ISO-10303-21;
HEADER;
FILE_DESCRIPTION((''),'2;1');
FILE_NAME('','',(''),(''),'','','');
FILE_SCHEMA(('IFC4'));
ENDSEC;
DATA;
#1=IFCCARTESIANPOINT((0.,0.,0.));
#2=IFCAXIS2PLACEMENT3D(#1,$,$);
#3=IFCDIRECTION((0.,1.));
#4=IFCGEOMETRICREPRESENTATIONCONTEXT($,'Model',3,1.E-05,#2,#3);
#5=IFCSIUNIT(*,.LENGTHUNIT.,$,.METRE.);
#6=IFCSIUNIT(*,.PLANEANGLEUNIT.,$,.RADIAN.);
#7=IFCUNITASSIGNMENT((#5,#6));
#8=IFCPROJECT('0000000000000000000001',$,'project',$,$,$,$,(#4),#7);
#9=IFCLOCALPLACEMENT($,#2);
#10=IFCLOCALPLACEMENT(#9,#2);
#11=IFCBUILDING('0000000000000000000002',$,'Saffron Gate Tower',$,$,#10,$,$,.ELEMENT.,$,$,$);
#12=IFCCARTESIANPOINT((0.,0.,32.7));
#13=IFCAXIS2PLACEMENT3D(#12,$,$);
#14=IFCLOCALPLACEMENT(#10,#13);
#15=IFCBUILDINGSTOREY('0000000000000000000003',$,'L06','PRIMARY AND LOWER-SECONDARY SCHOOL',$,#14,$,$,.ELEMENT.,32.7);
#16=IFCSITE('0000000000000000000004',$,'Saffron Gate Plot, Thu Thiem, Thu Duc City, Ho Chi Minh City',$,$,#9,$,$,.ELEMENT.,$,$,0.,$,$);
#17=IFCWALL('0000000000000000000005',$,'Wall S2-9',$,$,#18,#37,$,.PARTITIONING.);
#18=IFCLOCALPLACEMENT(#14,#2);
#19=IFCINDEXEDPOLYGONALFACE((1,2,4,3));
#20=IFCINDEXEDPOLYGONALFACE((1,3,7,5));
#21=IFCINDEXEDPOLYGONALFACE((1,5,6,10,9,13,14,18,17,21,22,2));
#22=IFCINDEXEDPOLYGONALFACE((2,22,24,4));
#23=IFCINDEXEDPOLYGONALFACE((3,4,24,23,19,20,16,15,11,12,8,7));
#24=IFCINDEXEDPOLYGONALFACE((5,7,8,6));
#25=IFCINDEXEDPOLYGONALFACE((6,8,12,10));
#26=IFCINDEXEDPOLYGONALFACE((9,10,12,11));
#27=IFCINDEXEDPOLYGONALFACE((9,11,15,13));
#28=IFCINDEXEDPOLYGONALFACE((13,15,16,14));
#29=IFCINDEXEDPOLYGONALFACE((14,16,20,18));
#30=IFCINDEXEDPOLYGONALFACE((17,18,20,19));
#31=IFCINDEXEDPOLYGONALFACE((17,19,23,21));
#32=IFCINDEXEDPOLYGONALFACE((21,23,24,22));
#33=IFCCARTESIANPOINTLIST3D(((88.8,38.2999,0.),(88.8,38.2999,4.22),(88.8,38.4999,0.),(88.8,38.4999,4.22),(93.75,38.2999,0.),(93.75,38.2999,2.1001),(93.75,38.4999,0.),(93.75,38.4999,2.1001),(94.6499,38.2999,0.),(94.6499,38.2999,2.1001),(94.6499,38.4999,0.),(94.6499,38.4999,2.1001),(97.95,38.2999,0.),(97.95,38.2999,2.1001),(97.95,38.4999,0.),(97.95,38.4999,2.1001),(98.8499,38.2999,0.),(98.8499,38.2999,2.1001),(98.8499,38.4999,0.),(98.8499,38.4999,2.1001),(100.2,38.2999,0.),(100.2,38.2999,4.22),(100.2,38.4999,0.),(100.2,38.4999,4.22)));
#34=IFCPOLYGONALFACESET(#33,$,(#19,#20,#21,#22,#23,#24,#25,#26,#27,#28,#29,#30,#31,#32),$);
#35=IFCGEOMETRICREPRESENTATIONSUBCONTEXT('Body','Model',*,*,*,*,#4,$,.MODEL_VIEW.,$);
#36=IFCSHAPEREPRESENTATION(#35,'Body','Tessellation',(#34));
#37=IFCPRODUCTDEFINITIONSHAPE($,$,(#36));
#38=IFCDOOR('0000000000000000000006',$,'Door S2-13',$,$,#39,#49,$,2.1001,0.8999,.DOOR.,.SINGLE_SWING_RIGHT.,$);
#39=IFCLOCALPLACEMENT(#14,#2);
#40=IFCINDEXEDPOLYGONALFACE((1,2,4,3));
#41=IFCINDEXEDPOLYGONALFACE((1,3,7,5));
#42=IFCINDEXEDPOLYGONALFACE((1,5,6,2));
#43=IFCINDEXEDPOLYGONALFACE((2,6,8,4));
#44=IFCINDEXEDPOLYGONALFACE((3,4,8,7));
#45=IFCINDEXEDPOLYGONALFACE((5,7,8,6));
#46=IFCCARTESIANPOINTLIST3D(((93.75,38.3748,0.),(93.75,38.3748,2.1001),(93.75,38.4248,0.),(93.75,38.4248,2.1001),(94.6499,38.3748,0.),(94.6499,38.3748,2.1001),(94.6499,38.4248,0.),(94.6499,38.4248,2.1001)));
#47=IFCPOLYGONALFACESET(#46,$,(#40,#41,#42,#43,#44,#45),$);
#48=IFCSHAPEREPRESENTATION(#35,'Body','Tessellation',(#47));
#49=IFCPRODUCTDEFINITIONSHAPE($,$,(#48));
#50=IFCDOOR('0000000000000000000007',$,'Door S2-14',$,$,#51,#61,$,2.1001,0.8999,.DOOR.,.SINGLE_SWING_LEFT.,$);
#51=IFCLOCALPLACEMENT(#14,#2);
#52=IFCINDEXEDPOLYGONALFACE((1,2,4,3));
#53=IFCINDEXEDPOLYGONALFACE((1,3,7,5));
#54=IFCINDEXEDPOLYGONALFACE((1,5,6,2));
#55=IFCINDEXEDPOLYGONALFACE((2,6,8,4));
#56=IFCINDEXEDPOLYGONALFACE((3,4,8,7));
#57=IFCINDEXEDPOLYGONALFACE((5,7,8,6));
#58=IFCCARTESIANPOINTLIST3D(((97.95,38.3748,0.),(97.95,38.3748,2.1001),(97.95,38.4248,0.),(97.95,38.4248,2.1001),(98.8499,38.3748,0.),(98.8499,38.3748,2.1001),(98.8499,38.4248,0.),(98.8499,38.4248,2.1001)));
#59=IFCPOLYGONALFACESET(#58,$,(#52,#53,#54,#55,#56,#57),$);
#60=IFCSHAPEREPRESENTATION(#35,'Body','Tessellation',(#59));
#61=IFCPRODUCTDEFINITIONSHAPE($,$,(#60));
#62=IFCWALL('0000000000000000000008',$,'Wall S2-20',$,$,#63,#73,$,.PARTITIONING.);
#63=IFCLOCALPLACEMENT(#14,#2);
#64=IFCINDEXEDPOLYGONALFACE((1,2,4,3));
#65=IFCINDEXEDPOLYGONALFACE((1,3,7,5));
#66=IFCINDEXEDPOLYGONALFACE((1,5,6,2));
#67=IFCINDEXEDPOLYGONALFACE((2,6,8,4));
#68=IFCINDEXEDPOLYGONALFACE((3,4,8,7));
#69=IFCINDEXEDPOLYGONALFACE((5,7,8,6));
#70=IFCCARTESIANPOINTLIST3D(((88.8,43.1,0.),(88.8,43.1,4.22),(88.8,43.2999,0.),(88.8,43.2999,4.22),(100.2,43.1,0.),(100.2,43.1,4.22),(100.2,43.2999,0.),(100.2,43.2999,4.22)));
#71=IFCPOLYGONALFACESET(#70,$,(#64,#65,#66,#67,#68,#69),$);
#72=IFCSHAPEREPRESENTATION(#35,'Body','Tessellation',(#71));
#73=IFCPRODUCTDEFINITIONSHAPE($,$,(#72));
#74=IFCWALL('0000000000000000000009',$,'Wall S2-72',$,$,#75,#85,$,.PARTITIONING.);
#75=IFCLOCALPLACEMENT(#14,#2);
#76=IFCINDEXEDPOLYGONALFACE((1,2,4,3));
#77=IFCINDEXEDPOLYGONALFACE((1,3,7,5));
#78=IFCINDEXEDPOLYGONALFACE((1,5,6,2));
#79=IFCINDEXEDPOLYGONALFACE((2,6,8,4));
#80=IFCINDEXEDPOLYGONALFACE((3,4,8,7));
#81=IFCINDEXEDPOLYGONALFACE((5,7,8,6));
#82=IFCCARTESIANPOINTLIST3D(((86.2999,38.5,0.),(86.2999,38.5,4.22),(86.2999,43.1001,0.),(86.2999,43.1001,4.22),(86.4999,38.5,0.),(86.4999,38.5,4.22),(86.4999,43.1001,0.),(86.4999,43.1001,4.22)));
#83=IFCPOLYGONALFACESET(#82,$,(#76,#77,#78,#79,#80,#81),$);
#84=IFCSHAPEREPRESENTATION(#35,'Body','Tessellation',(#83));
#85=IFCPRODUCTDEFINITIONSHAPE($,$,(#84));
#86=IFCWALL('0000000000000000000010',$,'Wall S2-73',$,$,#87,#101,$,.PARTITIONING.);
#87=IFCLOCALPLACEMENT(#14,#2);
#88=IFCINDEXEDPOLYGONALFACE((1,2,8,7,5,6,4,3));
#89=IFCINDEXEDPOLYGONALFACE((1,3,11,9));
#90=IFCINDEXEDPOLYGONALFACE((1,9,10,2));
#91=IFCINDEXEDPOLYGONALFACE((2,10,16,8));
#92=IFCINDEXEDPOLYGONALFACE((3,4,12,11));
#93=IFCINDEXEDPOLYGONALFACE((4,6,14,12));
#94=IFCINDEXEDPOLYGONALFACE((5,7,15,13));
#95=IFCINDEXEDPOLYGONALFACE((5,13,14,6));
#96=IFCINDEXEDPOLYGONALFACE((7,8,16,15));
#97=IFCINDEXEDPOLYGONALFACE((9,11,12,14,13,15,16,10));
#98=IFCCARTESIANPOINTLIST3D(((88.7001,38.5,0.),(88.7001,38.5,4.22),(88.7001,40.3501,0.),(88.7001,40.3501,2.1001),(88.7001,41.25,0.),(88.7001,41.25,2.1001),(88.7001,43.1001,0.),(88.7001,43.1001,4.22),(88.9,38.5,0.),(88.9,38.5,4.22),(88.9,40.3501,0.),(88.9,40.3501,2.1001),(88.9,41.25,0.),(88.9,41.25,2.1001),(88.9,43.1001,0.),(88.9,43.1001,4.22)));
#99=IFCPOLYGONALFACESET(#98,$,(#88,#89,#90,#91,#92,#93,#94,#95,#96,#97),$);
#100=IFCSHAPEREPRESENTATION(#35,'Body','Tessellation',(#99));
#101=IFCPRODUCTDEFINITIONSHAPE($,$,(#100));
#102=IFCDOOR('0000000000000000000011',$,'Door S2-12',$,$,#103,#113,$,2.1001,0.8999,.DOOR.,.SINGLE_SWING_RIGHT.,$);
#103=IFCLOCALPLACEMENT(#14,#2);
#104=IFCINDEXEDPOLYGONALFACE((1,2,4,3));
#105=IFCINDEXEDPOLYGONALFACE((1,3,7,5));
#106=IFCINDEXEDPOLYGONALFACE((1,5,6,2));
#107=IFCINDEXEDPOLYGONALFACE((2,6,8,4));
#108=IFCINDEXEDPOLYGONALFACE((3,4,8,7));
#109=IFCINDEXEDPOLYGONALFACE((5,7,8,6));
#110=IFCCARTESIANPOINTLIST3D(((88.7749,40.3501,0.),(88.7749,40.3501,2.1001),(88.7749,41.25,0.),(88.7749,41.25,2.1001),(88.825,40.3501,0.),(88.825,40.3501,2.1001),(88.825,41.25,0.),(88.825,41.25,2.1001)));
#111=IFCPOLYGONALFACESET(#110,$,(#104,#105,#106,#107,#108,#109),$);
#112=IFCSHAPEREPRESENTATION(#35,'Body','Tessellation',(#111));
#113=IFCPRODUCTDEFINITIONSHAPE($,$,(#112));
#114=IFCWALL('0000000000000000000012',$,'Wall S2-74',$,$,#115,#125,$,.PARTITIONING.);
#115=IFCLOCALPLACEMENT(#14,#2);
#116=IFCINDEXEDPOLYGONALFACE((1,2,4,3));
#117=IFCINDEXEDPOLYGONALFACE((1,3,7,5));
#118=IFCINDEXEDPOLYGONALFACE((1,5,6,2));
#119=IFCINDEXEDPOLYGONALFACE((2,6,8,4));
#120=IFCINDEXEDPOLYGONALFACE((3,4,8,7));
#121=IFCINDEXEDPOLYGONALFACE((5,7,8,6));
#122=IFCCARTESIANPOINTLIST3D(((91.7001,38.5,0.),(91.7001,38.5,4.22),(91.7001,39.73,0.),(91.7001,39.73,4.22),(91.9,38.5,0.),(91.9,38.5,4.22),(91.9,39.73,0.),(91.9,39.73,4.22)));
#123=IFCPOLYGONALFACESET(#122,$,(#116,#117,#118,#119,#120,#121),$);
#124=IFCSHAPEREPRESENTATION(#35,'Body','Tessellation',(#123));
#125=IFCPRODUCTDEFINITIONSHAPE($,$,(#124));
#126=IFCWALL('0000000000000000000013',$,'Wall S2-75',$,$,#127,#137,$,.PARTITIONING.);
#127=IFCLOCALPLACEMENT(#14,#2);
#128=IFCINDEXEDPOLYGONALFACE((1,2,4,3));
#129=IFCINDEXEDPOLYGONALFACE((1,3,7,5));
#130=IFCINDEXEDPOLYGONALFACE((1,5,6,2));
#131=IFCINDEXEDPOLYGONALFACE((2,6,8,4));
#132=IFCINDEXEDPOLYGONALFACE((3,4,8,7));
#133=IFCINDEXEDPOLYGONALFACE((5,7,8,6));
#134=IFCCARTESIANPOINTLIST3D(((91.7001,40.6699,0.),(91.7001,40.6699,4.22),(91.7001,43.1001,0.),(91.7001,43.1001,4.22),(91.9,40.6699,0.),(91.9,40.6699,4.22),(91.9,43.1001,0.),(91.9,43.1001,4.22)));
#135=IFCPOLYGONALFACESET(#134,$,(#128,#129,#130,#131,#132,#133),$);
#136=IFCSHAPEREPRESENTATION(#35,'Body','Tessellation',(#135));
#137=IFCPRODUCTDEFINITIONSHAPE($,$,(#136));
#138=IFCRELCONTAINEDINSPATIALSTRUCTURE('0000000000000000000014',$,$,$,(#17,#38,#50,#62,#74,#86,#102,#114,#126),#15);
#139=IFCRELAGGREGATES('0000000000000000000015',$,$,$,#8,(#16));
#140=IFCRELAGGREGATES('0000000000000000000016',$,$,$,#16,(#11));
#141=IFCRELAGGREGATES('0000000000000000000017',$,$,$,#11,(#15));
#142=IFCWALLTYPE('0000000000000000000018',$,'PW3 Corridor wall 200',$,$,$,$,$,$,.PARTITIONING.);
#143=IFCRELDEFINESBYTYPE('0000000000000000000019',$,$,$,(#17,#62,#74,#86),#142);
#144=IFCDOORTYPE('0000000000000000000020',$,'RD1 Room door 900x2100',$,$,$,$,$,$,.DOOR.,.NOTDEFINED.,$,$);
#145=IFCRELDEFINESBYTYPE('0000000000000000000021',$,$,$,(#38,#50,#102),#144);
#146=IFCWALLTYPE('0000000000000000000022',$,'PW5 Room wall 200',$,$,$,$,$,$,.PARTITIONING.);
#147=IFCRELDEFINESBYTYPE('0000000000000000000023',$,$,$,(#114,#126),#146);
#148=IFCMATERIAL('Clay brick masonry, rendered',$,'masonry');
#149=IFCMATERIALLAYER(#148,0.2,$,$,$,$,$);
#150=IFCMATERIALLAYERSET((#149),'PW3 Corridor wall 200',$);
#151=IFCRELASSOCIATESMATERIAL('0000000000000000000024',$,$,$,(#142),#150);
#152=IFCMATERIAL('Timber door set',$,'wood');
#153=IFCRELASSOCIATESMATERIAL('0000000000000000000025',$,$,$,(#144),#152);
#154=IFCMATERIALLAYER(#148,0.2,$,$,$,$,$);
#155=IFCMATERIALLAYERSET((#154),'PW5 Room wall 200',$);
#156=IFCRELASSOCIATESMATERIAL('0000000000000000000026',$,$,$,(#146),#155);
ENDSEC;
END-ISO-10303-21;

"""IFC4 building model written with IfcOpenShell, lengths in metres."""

from ifc_helpers import new_model, si_unit, direction, frame, frame_2d, origin, place, context, subcontext, project, spatial, rectangle, extrude, material, layer, layer_set, type_object, element, fill, save


model = new_model("IFC4")

# Units and contexts
model_context = context("Model", 3, precision=1e-05, world=origin(), true_north=direction((0.0, 1.0)))
body_context = subcontext(model_context, "Body", "Model", "MODEL_VIEW")
ifc_project = project(units=[si_unit("LENGTHUNIT", "METRE"), si_unit("PLANEANGLEUNIT", "RADIAN")], contexts=[model_context])

# Site, building, storey
site_placement = place(None, origin())
site = spatial("IfcSite", under=ifc_project, at=site_placement, Name="Saffron Gate Plot, Thu Thiem, Thu Duc City, Ho Chi Minh City", CompositionType="ELEMENT", RefElevation=0.0)
building_placement = place(site_placement, origin())
building = spatial("IfcBuilding", under=site, at=building_placement, Name="Saffron Gate Tower", CompositionType="ELEMENT")
storey_placement = place(building_placement, frame((0.0, 0.0, 32.7)))
storey = spatial("IfcBuildingStorey", under=building, at=storey_placement, Name="L06", Description="PRIMARY AND LOWER-SECONDARY SCHOOL", CompositionType="ELEMENT", Elevation=32.7)

# Wall, openings, doors
ifc_material_1 = material(Name="Clay brick masonry, rendered", Category="masonry")
ifc_layer_1 = layer(ifc_material_1, 0.2)
ifc_layer_set_1 = layer_set([ifc_layer_1], Name="PW3 Corridor wall 200")
wall_type_1 = type_object("IfcWallType", Name="PW3 Corridor wall 200", PredefinedType="PARTITIONING", material=ifc_layer_set_1)
wall_1_placement = place(storey_placement, frame((88.8, 38.3999, 0.0), z_axis=(0.0, 0.0, 1.0), x_axis=(1.0, 0.0, 0.0)))
wall_1 = element("IfcWall", 1, at=wall_1_placement, inside=storey, type_object=wall_type_1, Name="Wall S2-9", PredefinedType="PARTITIONING", context=body_context, shape_type="SweptSolid", body=[
    extrude(rectangle(XDim=11.3999, YDim=0.2, at=frame_2d((5.7, 0.0))), origin(), (0.0, 0.0, 1.0), 4.22),
])
opening_1_placement = place(wall_1_placement, frame((4.95, 0.0, 0.0)))
opening_1 = element("IfcOpeningElement", 2, at=opening_1_placement, cuts=wall_1, PredefinedType="OPENING", context=body_context, shape_type="SweptSolid", body=[
    extrude(rectangle(XDim=0.8999, YDim=2.1001, at=frame_2d((0.45, 1.05))), frame((0.0, 0.1099, 0.0), z_axis=(0.0, -1.0, 0.0), x_axis=(1.0, 0.0, 0.0)), (0.0, 0.0, 1.0), 0.22),
])
opening_2_placement = place(wall_1_placement, frame((9.1499, 0.0, 0.0)))
opening_2 = element("IfcOpeningElement", 3, at=opening_2_placement, cuts=wall_1, PredefinedType="OPENING", context=body_context, shape_type="SweptSolid", body=[
    extrude(rectangle(XDim=0.8999, YDim=2.1001, at=frame_2d((0.45, 1.05))), frame((0.0, 0.1099, 0.0), z_axis=(0.0, -1.0, 0.0), x_axis=(1.0, 0.0, 0.0)), (0.0, 0.0, 1.0), 0.22),
])
ifc_material_2 = material(Name="Timber door set", Category="wood")
door_type = type_object("IfcDoorType", Name="RD1 Room door 900x2100", OperationType="NOTDEFINED", PredefinedType="DOOR", material=ifc_material_2)
door_1_placement = place(opening_1_placement, origin())
door_1 = element("IfcDoor", 4, at=door_1_placement, inside=storey, type_object=door_type, Name="Door S2-13", OperationType="SINGLE_SWING_RIGHT", OverallHeight=2.1001, OverallWidth=0.8999, PredefinedType="DOOR", context=body_context, shape_type="SweptSolid", body=[
    extrude(rectangle(XDim=0.8999, YDim=2.1001, at=frame_2d((0.45, 1.05))), frame((0.0, 0.0249, 0.0), z_axis=(0.0, -1.0, 0.0), x_axis=(1.0, 0.0, 0.0)), (0.0, 0.0, 1.0), 0.05),
])
fill(opening_1, door_1)
door_2_placement = place(opening_2_placement, origin())
door_2 = element("IfcDoor", 5, at=door_2_placement, inside=storey, type_object=door_type, Name="Door S2-14", OperationType="SINGLE_SWING_LEFT", OverallHeight=2.1001, OverallWidth=0.8999, PredefinedType="DOOR", context=body_context, shape_type="SweptSolid", body=[
    extrude(rectangle(XDim=0.8999, YDim=2.1001, at=frame_2d((0.45, 1.05))), frame((0.0, 0.0249, 0.0), z_axis=(0.0, -1.0, 0.0), x_axis=(1.0, 0.0, 0.0)), (0.0, 0.0, 1.0), 0.05),
])
fill(opening_2, door_2)

# Walls
wall_2_placement = place(storey_placement, frame((88.8, 43.2, 0.0), z_axis=(0.0, 0.0, 1.0), x_axis=(1.0, 0.0, 0.0)))
element("IfcWall", 6, at=wall_2_placement, inside=storey, type_object=wall_type_1, Name="Wall S2-20", PredefinedType="PARTITIONING", context=body_context, shape_type="SweptSolid", body=[
    extrude(rectangle(XDim=11.3999, YDim=0.2, at=frame_2d((5.7, 0.0))), origin(), (0.0, 0.0, 1.0), 4.22),
])
wall_3_placement = place(storey_placement, frame((86.3999, 43.1001, 0.0), z_axis=(0.0, 0.0, 1.0), x_axis=(0.0, -1.0, 0.0)))
element("IfcWall", 7, at=wall_3_placement, inside=storey, type_object=wall_type_1, Name="Wall S2-72", PredefinedType="PARTITIONING", context=body_context, shape_type="SweptSolid", body=[
    extrude(rectangle(XDim=4.6001, YDim=0.2, at=frame_2d((2.3, 0.0))), origin(), (0.0, 0.0, 1.0), 4.22),
])

# Wall, opening, door
wall_4_placement = place(storey_placement, frame((88.8, 43.1001, 0.0), z_axis=(0.0, 0.0, 1.0), x_axis=(0.0, -1.0, 0.0)))
wall_4 = element("IfcWall", 8, at=wall_4_placement, inside=storey, type_object=wall_type_1, Name="Wall S2-73", PredefinedType="PARTITIONING", context=body_context, shape_type="SweptSolid", body=[
    extrude(rectangle(XDim=4.6001, YDim=0.2, at=frame_2d((2.3, 0.0))), origin(), (0.0, 0.0, 1.0), 4.22),
])
opening_3_placement = place(wall_4_placement, frame((1.8501, 0.0, 0.0)))
opening_3 = element("IfcOpeningElement", 9, at=opening_3_placement, cuts=wall_4, PredefinedType="OPENING", context=body_context, shape_type="SweptSolid", body=[
    extrude(rectangle(XDim=0.8999, YDim=2.1001, at=frame_2d((0.45, 1.05))), frame((0.0, 0.1099, 0.0), z_axis=(0.0, -1.0, 0.0), x_axis=(1.0, 0.0, 0.0)), (0.0, 0.0, 1.0), 0.22),
])
door_3_placement = place(opening_3_placement, origin())
door_3 = element("IfcDoor", 10, at=door_3_placement, inside=storey, type_object=door_type, Name="Door S2-12", OperationType="SINGLE_SWING_RIGHT", OverallHeight=2.1001, OverallWidth=0.8999, PredefinedType="DOOR", context=body_context, shape_type="SweptSolid", body=[
    extrude(rectangle(XDim=0.8999, YDim=2.1001, at=frame_2d((0.45, 1.05))), frame((0.0, 0.0249, 0.0), z_axis=(0.0, -1.0, 0.0), x_axis=(1.0, 0.0, 0.0)), (0.0, 0.0, 1.0), 0.05),
])
fill(opening_3, door_3)

# Walls
ifc_layer_2 = layer(ifc_material_1, 0.2)
ifc_layer_set_2 = layer_set([ifc_layer_2], Name="PW5 Room wall 200")
wall_type_2 = type_object("IfcWallType", Name="PW5 Room wall 200", PredefinedType="PARTITIONING", material=ifc_layer_set_2)
wall_5_placement = place(storey_placement, frame((91.8, 39.73, 0.0), z_axis=(0.0, 0.0, 1.0), x_axis=(0.0, -1.0, 0.0)))
element("IfcWall", 11, at=wall_5_placement, inside=storey, type_object=wall_type_2, Name="Wall S2-74", PredefinedType="PARTITIONING", context=body_context, shape_type="SweptSolid", body=[
    extrude(rectangle(XDim=1.23, YDim=0.2, at=frame_2d((0.615, 0.0))), origin(), (0.0, 0.0, 1.0), 4.22),
])
wall_6_placement = place(storey_placement, frame((91.8, 43.1001, 0.0), z_axis=(0.0, 0.0, 1.0), x_axis=(0.0, -1.0, 0.0)))
element("IfcWall", 12, at=wall_6_placement, inside=storey, type_object=wall_type_2, Name="Wall S2-75", PredefinedType="PARTITIONING", context=body_context, shape_type="SweptSolid", body=[
    extrude(rectangle(XDim=2.4302, YDim=0.2, at=frame_2d((1.2151, 0.0))), origin(), (0.0, 0.0, 1.0), 4.22),
])

save(model, "model.ifc")
